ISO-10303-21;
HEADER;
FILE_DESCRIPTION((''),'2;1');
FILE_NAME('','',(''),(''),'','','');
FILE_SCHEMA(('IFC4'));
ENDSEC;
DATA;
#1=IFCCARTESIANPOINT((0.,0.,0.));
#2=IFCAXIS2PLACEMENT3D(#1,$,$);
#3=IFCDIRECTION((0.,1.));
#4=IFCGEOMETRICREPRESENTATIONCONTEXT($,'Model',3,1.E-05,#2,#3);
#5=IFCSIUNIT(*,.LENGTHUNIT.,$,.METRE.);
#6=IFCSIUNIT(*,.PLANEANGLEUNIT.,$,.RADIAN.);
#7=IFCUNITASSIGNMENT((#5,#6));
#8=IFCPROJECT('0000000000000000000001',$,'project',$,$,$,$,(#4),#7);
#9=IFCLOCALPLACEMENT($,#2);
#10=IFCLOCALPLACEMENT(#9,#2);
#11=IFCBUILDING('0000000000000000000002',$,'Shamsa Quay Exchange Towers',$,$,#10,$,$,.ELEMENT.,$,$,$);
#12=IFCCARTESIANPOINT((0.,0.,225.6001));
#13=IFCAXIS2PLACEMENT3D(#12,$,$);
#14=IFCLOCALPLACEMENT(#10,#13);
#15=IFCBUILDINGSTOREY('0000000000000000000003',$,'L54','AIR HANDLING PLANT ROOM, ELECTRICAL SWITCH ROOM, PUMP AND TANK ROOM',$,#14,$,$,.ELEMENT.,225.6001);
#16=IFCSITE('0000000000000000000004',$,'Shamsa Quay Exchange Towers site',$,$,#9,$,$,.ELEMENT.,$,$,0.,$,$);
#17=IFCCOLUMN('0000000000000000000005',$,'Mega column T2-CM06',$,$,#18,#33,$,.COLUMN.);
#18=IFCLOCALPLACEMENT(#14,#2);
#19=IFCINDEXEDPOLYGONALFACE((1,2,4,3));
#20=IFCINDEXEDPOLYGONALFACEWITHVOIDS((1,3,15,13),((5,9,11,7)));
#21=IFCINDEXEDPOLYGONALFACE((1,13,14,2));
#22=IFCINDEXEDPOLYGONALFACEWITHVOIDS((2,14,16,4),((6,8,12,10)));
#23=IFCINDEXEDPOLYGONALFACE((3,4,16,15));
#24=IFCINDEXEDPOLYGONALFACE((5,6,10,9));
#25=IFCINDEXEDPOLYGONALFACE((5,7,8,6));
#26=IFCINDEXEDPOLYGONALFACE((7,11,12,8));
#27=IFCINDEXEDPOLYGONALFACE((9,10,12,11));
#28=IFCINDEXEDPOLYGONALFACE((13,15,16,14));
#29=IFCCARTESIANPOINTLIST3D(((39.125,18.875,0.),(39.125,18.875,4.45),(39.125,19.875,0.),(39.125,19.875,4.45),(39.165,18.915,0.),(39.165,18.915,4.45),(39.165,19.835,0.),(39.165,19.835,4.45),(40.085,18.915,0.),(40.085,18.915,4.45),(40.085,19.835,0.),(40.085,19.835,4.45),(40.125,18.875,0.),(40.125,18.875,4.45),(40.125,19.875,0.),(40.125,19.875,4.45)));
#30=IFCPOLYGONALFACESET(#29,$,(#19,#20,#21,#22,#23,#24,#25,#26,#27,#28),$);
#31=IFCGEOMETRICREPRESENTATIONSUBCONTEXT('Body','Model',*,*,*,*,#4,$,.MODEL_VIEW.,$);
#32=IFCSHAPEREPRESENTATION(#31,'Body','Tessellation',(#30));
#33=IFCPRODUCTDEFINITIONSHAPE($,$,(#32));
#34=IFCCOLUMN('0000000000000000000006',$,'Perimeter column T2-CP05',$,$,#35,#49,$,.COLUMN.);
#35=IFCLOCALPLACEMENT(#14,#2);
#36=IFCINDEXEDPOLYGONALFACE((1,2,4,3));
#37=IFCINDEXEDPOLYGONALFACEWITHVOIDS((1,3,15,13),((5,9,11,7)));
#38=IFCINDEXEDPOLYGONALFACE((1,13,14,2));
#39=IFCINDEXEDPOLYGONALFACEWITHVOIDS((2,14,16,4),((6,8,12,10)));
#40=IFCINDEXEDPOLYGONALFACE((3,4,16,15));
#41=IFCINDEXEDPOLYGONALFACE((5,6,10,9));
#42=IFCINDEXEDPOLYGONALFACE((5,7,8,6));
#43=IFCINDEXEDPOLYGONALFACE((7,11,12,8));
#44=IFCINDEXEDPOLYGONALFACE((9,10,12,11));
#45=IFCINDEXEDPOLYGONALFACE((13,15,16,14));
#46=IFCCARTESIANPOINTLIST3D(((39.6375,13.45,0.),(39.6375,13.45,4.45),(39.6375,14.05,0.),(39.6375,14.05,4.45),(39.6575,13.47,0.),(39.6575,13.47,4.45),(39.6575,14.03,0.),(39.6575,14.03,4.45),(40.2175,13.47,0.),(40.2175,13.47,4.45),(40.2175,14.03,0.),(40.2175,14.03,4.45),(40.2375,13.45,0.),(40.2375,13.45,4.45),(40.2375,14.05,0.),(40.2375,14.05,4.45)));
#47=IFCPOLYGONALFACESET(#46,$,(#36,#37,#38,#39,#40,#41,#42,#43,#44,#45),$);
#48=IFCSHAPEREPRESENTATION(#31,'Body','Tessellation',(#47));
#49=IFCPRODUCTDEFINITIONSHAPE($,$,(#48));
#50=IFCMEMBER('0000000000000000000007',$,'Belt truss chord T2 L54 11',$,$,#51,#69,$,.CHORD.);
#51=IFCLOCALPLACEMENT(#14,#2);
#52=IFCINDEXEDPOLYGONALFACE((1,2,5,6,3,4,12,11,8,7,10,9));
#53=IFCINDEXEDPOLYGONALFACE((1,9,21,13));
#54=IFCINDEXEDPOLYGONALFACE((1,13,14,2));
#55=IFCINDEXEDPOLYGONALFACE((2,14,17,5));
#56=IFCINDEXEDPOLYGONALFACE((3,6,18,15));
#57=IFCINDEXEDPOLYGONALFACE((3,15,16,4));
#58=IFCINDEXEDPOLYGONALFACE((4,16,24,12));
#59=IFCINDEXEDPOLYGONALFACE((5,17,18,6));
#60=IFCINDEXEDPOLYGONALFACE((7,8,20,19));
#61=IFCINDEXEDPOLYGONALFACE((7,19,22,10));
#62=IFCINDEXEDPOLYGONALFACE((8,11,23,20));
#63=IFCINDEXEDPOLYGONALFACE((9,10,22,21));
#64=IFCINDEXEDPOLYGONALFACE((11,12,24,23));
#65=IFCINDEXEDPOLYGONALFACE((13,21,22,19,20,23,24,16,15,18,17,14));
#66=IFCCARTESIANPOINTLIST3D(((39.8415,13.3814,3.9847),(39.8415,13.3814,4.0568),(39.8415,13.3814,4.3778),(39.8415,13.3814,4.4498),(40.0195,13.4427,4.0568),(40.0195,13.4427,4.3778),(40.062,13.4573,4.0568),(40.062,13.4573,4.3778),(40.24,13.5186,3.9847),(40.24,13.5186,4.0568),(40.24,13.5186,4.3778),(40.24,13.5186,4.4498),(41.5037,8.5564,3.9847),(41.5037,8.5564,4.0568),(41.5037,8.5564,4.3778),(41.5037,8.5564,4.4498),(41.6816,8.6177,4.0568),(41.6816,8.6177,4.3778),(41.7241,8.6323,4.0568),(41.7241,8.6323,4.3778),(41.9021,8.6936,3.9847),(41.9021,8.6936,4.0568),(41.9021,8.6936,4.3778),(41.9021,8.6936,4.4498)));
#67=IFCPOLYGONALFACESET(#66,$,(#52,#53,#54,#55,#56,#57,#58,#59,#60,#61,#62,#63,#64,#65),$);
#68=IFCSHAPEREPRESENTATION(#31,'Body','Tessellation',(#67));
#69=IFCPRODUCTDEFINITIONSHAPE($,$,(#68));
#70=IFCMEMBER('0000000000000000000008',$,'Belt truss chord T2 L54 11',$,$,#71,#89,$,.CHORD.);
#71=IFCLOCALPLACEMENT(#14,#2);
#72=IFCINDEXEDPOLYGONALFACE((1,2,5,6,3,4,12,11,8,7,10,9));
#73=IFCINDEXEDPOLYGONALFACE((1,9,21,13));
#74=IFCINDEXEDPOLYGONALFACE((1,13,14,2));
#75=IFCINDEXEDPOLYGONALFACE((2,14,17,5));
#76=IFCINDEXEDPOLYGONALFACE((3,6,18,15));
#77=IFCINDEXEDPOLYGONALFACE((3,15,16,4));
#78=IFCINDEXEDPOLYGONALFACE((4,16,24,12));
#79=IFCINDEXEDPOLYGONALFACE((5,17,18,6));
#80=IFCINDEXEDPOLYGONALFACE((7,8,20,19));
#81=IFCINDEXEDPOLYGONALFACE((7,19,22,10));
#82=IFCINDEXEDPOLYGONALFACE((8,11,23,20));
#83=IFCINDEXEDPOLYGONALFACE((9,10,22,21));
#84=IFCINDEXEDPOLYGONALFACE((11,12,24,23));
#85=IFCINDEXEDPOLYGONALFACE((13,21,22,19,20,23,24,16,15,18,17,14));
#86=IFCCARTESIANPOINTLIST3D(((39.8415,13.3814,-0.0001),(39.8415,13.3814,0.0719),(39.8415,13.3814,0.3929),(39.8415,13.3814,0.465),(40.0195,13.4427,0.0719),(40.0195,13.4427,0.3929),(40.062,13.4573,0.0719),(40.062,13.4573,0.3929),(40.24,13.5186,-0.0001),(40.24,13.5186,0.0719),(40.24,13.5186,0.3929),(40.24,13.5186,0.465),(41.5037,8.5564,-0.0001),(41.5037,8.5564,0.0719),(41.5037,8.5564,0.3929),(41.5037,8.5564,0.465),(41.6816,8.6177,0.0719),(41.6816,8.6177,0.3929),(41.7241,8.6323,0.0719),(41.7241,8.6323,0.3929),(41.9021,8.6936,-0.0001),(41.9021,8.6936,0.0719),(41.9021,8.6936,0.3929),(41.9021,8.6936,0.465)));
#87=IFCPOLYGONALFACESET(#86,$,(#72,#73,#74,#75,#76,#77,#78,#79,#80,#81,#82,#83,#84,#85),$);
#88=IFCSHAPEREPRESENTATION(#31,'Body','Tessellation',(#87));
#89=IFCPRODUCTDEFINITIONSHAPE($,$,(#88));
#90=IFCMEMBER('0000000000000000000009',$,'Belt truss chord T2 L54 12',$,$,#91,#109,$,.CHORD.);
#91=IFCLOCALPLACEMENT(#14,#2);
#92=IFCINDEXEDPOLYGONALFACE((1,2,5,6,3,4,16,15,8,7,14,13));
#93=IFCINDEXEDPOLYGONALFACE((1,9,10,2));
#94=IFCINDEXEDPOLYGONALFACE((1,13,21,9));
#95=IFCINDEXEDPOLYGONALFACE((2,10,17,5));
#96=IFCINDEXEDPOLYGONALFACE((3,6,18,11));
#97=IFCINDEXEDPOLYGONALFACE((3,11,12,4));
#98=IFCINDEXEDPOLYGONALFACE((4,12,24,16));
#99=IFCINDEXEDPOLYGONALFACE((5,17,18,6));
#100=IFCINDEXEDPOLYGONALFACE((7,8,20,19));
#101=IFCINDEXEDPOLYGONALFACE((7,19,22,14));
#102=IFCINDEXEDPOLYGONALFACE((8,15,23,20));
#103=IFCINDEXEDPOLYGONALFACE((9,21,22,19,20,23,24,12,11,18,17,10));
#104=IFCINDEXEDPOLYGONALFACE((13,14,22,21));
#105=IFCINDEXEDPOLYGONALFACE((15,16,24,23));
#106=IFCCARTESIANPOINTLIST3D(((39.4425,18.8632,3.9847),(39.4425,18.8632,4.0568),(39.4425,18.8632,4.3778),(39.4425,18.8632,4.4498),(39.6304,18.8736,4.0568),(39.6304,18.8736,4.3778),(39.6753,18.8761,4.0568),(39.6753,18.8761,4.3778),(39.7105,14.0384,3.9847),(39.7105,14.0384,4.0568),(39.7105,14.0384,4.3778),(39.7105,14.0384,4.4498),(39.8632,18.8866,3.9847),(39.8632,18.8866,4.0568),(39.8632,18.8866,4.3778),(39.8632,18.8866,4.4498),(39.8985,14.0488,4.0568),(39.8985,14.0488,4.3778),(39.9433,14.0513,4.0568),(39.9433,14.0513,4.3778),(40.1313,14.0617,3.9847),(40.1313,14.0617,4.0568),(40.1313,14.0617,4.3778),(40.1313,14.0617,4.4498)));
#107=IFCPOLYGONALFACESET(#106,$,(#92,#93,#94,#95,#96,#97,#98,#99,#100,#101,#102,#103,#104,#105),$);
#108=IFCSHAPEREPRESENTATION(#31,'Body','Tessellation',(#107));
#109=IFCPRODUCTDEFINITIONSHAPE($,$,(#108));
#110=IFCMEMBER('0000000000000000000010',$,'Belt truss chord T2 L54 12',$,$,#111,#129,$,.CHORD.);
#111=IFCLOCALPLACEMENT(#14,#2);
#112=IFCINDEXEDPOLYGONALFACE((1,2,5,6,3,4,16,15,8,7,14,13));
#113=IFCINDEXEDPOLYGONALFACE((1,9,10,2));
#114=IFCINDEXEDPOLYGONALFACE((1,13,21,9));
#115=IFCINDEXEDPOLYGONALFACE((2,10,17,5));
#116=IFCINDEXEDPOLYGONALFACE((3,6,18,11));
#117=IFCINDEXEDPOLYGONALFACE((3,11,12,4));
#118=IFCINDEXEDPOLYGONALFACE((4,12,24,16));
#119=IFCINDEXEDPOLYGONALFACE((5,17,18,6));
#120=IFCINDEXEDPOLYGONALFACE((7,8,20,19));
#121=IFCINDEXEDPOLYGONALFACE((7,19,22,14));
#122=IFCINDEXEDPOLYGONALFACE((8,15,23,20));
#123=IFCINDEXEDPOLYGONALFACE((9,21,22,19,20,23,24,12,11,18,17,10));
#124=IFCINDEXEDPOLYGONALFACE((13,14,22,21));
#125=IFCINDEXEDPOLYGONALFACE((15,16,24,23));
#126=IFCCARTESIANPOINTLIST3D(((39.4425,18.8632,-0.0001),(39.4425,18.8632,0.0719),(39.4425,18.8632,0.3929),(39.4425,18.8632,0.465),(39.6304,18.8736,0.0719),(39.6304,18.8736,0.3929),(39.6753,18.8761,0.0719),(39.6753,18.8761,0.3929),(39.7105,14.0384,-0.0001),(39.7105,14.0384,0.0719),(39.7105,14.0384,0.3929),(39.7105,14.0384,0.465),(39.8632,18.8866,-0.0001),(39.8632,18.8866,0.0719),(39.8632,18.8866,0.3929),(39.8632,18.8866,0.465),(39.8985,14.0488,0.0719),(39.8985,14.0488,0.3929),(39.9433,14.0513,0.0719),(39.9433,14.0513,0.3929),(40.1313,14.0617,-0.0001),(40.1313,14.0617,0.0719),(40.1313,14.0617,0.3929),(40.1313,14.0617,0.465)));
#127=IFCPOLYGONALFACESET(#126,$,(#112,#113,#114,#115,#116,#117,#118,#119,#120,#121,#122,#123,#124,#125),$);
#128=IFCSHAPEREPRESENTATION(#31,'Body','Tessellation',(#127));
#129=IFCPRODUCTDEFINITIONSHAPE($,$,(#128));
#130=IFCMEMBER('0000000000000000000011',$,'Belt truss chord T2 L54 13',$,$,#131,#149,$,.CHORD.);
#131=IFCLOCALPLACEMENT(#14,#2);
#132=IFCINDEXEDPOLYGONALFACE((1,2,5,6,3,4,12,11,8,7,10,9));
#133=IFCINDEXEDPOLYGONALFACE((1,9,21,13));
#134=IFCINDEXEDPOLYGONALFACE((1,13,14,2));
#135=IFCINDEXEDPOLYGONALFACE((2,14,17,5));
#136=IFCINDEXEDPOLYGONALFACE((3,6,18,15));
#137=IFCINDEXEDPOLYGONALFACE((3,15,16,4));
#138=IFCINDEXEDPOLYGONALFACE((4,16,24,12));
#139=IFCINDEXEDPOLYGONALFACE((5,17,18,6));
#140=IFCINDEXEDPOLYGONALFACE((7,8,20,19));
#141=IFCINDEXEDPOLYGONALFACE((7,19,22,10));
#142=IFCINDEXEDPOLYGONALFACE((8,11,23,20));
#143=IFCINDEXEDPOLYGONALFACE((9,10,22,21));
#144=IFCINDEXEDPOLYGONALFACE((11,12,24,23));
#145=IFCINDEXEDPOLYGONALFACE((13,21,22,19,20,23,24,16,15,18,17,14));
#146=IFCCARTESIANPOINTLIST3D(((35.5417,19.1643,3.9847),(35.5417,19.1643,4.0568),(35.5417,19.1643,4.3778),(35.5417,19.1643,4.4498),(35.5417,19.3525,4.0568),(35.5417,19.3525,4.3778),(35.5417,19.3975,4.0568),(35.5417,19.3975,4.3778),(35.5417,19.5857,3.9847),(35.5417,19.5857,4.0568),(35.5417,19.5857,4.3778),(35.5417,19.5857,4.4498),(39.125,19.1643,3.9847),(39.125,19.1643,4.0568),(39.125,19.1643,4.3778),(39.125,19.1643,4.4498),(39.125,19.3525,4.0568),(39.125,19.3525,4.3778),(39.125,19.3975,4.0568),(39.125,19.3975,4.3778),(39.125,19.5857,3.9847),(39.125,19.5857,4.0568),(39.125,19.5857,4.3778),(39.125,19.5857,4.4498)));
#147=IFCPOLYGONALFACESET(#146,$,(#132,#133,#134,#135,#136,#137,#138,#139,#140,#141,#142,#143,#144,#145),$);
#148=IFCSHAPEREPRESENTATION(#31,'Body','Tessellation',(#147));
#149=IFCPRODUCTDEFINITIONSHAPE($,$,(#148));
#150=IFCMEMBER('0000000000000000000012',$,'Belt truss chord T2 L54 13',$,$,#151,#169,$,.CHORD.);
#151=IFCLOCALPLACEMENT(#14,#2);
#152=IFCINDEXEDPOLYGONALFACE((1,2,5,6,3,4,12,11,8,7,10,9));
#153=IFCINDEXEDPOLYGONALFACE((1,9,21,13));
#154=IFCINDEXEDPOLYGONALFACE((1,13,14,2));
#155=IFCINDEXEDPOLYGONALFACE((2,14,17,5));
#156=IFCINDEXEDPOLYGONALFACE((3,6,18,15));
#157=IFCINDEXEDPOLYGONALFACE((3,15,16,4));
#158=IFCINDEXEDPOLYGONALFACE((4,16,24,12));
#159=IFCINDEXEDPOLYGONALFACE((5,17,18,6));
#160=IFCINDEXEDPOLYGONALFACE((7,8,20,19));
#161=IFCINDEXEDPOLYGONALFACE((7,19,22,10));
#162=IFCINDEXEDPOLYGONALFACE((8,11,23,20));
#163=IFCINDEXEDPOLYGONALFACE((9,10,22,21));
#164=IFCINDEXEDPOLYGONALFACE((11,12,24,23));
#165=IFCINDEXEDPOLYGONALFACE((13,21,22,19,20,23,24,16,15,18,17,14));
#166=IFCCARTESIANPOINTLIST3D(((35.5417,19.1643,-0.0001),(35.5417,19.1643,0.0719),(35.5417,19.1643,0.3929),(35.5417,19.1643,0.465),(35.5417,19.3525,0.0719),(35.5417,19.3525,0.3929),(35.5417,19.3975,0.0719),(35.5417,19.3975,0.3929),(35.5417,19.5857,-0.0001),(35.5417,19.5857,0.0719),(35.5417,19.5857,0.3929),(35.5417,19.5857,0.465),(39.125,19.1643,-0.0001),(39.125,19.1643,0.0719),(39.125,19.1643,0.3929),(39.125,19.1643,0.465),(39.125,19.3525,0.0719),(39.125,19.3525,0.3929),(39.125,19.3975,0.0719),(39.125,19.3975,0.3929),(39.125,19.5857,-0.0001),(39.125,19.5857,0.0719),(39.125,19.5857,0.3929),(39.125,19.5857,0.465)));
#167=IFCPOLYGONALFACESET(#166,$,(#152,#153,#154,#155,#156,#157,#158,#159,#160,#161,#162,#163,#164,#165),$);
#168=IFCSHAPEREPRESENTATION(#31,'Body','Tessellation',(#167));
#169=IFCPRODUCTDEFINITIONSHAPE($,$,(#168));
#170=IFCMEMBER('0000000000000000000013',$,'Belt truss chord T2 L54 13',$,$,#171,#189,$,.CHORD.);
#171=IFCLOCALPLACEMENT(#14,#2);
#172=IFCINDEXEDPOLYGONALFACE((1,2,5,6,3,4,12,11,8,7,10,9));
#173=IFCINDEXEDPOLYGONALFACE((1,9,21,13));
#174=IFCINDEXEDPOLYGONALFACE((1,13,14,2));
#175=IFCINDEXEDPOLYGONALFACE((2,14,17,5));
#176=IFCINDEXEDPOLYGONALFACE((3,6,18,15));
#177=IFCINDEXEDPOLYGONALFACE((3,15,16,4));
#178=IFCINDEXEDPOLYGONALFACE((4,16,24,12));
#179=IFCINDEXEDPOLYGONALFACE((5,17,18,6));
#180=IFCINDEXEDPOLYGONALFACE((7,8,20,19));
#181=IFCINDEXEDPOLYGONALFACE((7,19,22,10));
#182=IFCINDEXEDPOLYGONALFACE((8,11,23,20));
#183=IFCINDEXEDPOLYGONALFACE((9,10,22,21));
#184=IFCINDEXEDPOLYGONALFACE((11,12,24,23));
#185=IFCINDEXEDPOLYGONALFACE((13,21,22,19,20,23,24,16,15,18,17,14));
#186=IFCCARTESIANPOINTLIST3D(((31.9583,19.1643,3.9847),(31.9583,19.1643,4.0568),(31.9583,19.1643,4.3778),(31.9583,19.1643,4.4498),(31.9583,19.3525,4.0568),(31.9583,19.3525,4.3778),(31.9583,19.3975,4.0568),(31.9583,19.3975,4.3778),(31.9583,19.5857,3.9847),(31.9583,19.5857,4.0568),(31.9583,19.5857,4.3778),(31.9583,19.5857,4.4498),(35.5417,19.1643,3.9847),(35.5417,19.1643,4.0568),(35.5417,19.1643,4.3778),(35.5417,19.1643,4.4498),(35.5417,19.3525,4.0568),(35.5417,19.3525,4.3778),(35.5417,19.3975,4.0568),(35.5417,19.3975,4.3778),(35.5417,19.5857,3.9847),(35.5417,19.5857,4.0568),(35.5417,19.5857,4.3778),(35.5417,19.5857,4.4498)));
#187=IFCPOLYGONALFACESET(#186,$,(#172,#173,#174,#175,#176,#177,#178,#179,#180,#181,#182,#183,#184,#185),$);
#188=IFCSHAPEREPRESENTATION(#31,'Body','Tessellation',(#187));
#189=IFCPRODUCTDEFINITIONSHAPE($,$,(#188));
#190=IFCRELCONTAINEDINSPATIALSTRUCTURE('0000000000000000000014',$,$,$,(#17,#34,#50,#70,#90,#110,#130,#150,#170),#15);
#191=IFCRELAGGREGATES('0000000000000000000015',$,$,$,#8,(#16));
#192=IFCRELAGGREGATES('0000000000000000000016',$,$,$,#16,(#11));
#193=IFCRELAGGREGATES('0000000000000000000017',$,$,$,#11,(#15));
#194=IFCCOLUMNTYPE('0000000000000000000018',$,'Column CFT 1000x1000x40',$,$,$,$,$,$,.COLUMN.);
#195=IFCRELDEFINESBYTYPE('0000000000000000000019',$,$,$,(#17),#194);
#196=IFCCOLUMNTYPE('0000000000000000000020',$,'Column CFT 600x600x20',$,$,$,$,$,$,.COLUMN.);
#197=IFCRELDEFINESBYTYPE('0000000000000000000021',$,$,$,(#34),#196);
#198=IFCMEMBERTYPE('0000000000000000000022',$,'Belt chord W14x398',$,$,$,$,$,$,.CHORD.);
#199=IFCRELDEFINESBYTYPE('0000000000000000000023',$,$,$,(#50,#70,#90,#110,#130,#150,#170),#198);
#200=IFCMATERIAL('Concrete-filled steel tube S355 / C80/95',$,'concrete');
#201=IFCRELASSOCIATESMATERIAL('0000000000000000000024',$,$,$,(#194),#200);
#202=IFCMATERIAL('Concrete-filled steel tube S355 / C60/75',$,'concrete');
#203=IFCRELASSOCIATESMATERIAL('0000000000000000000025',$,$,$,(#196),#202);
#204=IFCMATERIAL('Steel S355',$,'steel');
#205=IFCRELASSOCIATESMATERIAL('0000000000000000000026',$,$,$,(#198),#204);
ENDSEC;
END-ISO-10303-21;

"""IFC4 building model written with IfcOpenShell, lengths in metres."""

from ifc_helpers import new_model, si_unit, direction, frame, origin, origin_2d, place, context, subcontext, project, spatial, hollow_rectangle, i_section, extrude, material, material_profile, profile_set, type_object, element, save


model = new_model("IFC4")

# Units and contexts
model_context = context("Model", 3, precision=1e-05, world=origin(), true_north=direction((0.0, 1.0)))
body_context = subcontext(model_context, "Body", "Model", "MODEL_VIEW")
ifc_project = project(units=[si_unit("LENGTHUNIT", "METRE"), si_unit("PLANEANGLEUNIT", "RADIAN")], contexts=[model_context])

# Site, building, storey
site_placement = place(None, origin())
site = spatial("IfcSite", under=ifc_project, at=site_placement, Name="Shamsa Quay Exchange Towers site", CompositionType="ELEMENT", RefElevation=0.0)
building_placement = place(site_placement, origin())
building = spatial("IfcBuilding", under=site, at=building_placement, Name="Shamsa Quay Exchange Towers", CompositionType="ELEMENT")
storey_placement = place(building_placement, frame((0.0, 0.0, 225.6001)))
storey = spatial("IfcBuildingStorey", under=building, at=storey_placement, Name="L54", Description="AIR HANDLING PLANT ROOM, ELECTRICAL SWITCH ROOM, PUMP AND TANK ROOM", CompositionType="ELEMENT", Elevation=225.6001)

# Columns
ifc_material_1 = material(Name="Concrete-filled steel tube S355 / C80/95", Category="concrete")
ifc_material_profile_1 = material_profile(ifc_material_1, hollow_rectangle(XDim=1.0, YDim=1.0, WallThickness=0.04, at=origin_2d()), Name="CFT 1000x1000x40")
ifc_profile_set_1 = profile_set([ifc_material_profile_1], Name="Concrete-filled steel tube S355 / C80/95")
column_type_1 = type_object("IfcColumnType", Name="Column CFT 1000x1000x40", PredefinedType="COLUMN", material=ifc_profile_set_1)
column_1_placement = place(storey_placement, frame((39.625, 19.375, 0.0)))
element("IfcColumn", 1, at=column_1_placement, inside=storey, type_object=column_type_1, Name="Mega column T2-CM06", PredefinedType="COLUMN", context=body_context, shape_type="SweptSolid", body=[
    extrude(hollow_rectangle(XDim=1.0, YDim=1.0, WallThickness=0.04, at=origin_2d()), origin(), (0.0, 0.0, 1.0), 4.45),
])
ifc_material_2 = material(Name="Concrete-filled steel tube S355 / C60/75", Category="concrete")
ifc_material_profile_2 = material_profile(ifc_material_2, hollow_rectangle(XDim=0.6001, YDim=0.6001, WallThickness=0.02, at=origin_2d()), Name="CFT 600x600x20")
ifc_profile_set_2 = profile_set([ifc_material_profile_2], Name="Concrete-filled steel tube S355 / C60/75")
column_type_2 = type_object("IfcColumnType", Name="Column CFT 600x600x20", PredefinedType="COLUMN", material=ifc_profile_set_2)
column_2_placement = place(storey_placement, frame((39.9375, 13.75, 0.0)))
element("IfcColumn", 2, at=column_2_placement, inside=storey, type_object=column_type_2, Name="Perimeter column T2-CP05", PredefinedType="COLUMN", context=body_context, shape_type="SweptSolid", body=[
    extrude(hollow_rectangle(XDim=0.6001, YDim=0.6001, WallThickness=0.02, at=origin_2d()), origin(), (0.0, 0.0, 1.0), 4.45),
])

# Members
ifc_material_3 = material(Name="Steel S355", Category="steel")
ifc_material_profile_3 = material_profile(ifc_material_3, i_section(OverallWidth=0.4214, OverallDepth=0.4651, WebThickness=0.0449, FlangeThickness=0.072, at=origin_2d()), Name="W14x398")
ifc_profile_set_3 = profile_set([ifc_material_profile_3], Name="Steel S355")
member_type_1 = type_object("IfcMemberType", Name="Belt chord W14x398", PredefinedType="CHORD", material=ifc_profile_set_3)
for number, where, z_axis, x_axis, name in (
    (3, (41.7029, 8.625, 4.2173), (-0.325699, 0.945474, 0.0), (-0.945474, -0.325699, 0.0), "Belt truss chord T2 L54 11"),
    (4, (41.7029, 8.625, 0.2324), (-0.325699, 0.945474, 0.0), (-0.945474, -0.325699, 0.0), "Belt truss chord T2 L54 11"),
):
    element("IfcMember", number, at=place(storey_placement, frame(where, z_axis=z_axis, x_axis=x_axis)), inside=storey, type_object=member_type_1, Name=name, PredefinedType="CHORD", context=body_context, shape_type="SweptSolid", body=[
        extrude(i_section(OverallWidth=0.4214, OverallDepth=0.4651, WebThickness=0.0449, FlangeThickness=0.072, at=origin_2d()), origin(), (0.0, 0.0, 1.0), 5.1033),
    ])
for number, where, z_axis, x_axis, name in (
    (5, (39.9209, 14.05, 4.2173), (-0.055473, 0.99846, 0.0), (-0.99846, -0.055473, 0.0), "Belt truss chord T2 L54 12"),
    (6, (39.9209, 14.05, 0.2324), (-0.055473, 0.99846, 0.0), (-0.99846, -0.055473, 0.0), "Belt truss chord T2 L54 12"),
):
    element("IfcMember", number, at=place(storey_placement, frame(where, z_axis=z_axis, x_axis=x_axis)), inside=storey, type_object=member_type_1, Name=name, PredefinedType="CHORD", context=body_context, shape_type="SweptSolid", body=[
        extrude(i_section(OverallWidth=0.4214, OverallDepth=0.4651, WebThickness=0.0449, FlangeThickness=0.072, at=origin_2d()), origin(), (0.0, 0.0, 1.0), 4.8323),
    ])
for number, where, z_axis, x_axis, name in (
    (7, (39.125, 19.375, 4.2173), (-1.0, 0.0, 0.0), (0.0, -1.0, 0.0), "Belt truss chord T2 L54 13"),
    (8, (39.125, 19.375, 0.2324), (-1.0, 0.0, 0.0), (0.0, -1.0, 0.0), "Belt truss chord T2 L54 13"),
):
    element("IfcMember", number, at=place(storey_placement, frame(where, z_axis=z_axis, x_axis=x_axis)), inside=storey, type_object=member_type_1, Name=name, PredefinedType="CHORD", context=body_context, shape_type="SweptSolid", body=[
        extrude(i_section(OverallWidth=0.4214, OverallDepth=0.4651, WebThickness=0.0449, FlangeThickness=0.072, at=origin_2d()), origin(), (0.0, 0.0, 1.0), 3.5833),
    ])
for number, where, z_axis, x_axis, name in (
    (9, (35.5417, 19.375, 4.2173), (-1.0, 0.0, 0.0), (0.0, -1.0, 0.0), "Belt truss chord T2 L54 13"),
):
    element("IfcMember", number, at=place(storey_placement, frame(where, z_axis=z_axis, x_axis=x_axis)), inside=storey, type_object=member_type_1, Name=name, PredefinedType="CHORD", context=body_context, shape_type="SweptSolid", body=[
        extrude(i_section(OverallWidth=0.4214, OverallDepth=0.4651, WebThickness=0.0449, FlangeThickness=0.072, at=origin_2d()), origin(), (0.0, 0.0, 1.0), 3.5835),
    ])

save(model, "model.ifc")
